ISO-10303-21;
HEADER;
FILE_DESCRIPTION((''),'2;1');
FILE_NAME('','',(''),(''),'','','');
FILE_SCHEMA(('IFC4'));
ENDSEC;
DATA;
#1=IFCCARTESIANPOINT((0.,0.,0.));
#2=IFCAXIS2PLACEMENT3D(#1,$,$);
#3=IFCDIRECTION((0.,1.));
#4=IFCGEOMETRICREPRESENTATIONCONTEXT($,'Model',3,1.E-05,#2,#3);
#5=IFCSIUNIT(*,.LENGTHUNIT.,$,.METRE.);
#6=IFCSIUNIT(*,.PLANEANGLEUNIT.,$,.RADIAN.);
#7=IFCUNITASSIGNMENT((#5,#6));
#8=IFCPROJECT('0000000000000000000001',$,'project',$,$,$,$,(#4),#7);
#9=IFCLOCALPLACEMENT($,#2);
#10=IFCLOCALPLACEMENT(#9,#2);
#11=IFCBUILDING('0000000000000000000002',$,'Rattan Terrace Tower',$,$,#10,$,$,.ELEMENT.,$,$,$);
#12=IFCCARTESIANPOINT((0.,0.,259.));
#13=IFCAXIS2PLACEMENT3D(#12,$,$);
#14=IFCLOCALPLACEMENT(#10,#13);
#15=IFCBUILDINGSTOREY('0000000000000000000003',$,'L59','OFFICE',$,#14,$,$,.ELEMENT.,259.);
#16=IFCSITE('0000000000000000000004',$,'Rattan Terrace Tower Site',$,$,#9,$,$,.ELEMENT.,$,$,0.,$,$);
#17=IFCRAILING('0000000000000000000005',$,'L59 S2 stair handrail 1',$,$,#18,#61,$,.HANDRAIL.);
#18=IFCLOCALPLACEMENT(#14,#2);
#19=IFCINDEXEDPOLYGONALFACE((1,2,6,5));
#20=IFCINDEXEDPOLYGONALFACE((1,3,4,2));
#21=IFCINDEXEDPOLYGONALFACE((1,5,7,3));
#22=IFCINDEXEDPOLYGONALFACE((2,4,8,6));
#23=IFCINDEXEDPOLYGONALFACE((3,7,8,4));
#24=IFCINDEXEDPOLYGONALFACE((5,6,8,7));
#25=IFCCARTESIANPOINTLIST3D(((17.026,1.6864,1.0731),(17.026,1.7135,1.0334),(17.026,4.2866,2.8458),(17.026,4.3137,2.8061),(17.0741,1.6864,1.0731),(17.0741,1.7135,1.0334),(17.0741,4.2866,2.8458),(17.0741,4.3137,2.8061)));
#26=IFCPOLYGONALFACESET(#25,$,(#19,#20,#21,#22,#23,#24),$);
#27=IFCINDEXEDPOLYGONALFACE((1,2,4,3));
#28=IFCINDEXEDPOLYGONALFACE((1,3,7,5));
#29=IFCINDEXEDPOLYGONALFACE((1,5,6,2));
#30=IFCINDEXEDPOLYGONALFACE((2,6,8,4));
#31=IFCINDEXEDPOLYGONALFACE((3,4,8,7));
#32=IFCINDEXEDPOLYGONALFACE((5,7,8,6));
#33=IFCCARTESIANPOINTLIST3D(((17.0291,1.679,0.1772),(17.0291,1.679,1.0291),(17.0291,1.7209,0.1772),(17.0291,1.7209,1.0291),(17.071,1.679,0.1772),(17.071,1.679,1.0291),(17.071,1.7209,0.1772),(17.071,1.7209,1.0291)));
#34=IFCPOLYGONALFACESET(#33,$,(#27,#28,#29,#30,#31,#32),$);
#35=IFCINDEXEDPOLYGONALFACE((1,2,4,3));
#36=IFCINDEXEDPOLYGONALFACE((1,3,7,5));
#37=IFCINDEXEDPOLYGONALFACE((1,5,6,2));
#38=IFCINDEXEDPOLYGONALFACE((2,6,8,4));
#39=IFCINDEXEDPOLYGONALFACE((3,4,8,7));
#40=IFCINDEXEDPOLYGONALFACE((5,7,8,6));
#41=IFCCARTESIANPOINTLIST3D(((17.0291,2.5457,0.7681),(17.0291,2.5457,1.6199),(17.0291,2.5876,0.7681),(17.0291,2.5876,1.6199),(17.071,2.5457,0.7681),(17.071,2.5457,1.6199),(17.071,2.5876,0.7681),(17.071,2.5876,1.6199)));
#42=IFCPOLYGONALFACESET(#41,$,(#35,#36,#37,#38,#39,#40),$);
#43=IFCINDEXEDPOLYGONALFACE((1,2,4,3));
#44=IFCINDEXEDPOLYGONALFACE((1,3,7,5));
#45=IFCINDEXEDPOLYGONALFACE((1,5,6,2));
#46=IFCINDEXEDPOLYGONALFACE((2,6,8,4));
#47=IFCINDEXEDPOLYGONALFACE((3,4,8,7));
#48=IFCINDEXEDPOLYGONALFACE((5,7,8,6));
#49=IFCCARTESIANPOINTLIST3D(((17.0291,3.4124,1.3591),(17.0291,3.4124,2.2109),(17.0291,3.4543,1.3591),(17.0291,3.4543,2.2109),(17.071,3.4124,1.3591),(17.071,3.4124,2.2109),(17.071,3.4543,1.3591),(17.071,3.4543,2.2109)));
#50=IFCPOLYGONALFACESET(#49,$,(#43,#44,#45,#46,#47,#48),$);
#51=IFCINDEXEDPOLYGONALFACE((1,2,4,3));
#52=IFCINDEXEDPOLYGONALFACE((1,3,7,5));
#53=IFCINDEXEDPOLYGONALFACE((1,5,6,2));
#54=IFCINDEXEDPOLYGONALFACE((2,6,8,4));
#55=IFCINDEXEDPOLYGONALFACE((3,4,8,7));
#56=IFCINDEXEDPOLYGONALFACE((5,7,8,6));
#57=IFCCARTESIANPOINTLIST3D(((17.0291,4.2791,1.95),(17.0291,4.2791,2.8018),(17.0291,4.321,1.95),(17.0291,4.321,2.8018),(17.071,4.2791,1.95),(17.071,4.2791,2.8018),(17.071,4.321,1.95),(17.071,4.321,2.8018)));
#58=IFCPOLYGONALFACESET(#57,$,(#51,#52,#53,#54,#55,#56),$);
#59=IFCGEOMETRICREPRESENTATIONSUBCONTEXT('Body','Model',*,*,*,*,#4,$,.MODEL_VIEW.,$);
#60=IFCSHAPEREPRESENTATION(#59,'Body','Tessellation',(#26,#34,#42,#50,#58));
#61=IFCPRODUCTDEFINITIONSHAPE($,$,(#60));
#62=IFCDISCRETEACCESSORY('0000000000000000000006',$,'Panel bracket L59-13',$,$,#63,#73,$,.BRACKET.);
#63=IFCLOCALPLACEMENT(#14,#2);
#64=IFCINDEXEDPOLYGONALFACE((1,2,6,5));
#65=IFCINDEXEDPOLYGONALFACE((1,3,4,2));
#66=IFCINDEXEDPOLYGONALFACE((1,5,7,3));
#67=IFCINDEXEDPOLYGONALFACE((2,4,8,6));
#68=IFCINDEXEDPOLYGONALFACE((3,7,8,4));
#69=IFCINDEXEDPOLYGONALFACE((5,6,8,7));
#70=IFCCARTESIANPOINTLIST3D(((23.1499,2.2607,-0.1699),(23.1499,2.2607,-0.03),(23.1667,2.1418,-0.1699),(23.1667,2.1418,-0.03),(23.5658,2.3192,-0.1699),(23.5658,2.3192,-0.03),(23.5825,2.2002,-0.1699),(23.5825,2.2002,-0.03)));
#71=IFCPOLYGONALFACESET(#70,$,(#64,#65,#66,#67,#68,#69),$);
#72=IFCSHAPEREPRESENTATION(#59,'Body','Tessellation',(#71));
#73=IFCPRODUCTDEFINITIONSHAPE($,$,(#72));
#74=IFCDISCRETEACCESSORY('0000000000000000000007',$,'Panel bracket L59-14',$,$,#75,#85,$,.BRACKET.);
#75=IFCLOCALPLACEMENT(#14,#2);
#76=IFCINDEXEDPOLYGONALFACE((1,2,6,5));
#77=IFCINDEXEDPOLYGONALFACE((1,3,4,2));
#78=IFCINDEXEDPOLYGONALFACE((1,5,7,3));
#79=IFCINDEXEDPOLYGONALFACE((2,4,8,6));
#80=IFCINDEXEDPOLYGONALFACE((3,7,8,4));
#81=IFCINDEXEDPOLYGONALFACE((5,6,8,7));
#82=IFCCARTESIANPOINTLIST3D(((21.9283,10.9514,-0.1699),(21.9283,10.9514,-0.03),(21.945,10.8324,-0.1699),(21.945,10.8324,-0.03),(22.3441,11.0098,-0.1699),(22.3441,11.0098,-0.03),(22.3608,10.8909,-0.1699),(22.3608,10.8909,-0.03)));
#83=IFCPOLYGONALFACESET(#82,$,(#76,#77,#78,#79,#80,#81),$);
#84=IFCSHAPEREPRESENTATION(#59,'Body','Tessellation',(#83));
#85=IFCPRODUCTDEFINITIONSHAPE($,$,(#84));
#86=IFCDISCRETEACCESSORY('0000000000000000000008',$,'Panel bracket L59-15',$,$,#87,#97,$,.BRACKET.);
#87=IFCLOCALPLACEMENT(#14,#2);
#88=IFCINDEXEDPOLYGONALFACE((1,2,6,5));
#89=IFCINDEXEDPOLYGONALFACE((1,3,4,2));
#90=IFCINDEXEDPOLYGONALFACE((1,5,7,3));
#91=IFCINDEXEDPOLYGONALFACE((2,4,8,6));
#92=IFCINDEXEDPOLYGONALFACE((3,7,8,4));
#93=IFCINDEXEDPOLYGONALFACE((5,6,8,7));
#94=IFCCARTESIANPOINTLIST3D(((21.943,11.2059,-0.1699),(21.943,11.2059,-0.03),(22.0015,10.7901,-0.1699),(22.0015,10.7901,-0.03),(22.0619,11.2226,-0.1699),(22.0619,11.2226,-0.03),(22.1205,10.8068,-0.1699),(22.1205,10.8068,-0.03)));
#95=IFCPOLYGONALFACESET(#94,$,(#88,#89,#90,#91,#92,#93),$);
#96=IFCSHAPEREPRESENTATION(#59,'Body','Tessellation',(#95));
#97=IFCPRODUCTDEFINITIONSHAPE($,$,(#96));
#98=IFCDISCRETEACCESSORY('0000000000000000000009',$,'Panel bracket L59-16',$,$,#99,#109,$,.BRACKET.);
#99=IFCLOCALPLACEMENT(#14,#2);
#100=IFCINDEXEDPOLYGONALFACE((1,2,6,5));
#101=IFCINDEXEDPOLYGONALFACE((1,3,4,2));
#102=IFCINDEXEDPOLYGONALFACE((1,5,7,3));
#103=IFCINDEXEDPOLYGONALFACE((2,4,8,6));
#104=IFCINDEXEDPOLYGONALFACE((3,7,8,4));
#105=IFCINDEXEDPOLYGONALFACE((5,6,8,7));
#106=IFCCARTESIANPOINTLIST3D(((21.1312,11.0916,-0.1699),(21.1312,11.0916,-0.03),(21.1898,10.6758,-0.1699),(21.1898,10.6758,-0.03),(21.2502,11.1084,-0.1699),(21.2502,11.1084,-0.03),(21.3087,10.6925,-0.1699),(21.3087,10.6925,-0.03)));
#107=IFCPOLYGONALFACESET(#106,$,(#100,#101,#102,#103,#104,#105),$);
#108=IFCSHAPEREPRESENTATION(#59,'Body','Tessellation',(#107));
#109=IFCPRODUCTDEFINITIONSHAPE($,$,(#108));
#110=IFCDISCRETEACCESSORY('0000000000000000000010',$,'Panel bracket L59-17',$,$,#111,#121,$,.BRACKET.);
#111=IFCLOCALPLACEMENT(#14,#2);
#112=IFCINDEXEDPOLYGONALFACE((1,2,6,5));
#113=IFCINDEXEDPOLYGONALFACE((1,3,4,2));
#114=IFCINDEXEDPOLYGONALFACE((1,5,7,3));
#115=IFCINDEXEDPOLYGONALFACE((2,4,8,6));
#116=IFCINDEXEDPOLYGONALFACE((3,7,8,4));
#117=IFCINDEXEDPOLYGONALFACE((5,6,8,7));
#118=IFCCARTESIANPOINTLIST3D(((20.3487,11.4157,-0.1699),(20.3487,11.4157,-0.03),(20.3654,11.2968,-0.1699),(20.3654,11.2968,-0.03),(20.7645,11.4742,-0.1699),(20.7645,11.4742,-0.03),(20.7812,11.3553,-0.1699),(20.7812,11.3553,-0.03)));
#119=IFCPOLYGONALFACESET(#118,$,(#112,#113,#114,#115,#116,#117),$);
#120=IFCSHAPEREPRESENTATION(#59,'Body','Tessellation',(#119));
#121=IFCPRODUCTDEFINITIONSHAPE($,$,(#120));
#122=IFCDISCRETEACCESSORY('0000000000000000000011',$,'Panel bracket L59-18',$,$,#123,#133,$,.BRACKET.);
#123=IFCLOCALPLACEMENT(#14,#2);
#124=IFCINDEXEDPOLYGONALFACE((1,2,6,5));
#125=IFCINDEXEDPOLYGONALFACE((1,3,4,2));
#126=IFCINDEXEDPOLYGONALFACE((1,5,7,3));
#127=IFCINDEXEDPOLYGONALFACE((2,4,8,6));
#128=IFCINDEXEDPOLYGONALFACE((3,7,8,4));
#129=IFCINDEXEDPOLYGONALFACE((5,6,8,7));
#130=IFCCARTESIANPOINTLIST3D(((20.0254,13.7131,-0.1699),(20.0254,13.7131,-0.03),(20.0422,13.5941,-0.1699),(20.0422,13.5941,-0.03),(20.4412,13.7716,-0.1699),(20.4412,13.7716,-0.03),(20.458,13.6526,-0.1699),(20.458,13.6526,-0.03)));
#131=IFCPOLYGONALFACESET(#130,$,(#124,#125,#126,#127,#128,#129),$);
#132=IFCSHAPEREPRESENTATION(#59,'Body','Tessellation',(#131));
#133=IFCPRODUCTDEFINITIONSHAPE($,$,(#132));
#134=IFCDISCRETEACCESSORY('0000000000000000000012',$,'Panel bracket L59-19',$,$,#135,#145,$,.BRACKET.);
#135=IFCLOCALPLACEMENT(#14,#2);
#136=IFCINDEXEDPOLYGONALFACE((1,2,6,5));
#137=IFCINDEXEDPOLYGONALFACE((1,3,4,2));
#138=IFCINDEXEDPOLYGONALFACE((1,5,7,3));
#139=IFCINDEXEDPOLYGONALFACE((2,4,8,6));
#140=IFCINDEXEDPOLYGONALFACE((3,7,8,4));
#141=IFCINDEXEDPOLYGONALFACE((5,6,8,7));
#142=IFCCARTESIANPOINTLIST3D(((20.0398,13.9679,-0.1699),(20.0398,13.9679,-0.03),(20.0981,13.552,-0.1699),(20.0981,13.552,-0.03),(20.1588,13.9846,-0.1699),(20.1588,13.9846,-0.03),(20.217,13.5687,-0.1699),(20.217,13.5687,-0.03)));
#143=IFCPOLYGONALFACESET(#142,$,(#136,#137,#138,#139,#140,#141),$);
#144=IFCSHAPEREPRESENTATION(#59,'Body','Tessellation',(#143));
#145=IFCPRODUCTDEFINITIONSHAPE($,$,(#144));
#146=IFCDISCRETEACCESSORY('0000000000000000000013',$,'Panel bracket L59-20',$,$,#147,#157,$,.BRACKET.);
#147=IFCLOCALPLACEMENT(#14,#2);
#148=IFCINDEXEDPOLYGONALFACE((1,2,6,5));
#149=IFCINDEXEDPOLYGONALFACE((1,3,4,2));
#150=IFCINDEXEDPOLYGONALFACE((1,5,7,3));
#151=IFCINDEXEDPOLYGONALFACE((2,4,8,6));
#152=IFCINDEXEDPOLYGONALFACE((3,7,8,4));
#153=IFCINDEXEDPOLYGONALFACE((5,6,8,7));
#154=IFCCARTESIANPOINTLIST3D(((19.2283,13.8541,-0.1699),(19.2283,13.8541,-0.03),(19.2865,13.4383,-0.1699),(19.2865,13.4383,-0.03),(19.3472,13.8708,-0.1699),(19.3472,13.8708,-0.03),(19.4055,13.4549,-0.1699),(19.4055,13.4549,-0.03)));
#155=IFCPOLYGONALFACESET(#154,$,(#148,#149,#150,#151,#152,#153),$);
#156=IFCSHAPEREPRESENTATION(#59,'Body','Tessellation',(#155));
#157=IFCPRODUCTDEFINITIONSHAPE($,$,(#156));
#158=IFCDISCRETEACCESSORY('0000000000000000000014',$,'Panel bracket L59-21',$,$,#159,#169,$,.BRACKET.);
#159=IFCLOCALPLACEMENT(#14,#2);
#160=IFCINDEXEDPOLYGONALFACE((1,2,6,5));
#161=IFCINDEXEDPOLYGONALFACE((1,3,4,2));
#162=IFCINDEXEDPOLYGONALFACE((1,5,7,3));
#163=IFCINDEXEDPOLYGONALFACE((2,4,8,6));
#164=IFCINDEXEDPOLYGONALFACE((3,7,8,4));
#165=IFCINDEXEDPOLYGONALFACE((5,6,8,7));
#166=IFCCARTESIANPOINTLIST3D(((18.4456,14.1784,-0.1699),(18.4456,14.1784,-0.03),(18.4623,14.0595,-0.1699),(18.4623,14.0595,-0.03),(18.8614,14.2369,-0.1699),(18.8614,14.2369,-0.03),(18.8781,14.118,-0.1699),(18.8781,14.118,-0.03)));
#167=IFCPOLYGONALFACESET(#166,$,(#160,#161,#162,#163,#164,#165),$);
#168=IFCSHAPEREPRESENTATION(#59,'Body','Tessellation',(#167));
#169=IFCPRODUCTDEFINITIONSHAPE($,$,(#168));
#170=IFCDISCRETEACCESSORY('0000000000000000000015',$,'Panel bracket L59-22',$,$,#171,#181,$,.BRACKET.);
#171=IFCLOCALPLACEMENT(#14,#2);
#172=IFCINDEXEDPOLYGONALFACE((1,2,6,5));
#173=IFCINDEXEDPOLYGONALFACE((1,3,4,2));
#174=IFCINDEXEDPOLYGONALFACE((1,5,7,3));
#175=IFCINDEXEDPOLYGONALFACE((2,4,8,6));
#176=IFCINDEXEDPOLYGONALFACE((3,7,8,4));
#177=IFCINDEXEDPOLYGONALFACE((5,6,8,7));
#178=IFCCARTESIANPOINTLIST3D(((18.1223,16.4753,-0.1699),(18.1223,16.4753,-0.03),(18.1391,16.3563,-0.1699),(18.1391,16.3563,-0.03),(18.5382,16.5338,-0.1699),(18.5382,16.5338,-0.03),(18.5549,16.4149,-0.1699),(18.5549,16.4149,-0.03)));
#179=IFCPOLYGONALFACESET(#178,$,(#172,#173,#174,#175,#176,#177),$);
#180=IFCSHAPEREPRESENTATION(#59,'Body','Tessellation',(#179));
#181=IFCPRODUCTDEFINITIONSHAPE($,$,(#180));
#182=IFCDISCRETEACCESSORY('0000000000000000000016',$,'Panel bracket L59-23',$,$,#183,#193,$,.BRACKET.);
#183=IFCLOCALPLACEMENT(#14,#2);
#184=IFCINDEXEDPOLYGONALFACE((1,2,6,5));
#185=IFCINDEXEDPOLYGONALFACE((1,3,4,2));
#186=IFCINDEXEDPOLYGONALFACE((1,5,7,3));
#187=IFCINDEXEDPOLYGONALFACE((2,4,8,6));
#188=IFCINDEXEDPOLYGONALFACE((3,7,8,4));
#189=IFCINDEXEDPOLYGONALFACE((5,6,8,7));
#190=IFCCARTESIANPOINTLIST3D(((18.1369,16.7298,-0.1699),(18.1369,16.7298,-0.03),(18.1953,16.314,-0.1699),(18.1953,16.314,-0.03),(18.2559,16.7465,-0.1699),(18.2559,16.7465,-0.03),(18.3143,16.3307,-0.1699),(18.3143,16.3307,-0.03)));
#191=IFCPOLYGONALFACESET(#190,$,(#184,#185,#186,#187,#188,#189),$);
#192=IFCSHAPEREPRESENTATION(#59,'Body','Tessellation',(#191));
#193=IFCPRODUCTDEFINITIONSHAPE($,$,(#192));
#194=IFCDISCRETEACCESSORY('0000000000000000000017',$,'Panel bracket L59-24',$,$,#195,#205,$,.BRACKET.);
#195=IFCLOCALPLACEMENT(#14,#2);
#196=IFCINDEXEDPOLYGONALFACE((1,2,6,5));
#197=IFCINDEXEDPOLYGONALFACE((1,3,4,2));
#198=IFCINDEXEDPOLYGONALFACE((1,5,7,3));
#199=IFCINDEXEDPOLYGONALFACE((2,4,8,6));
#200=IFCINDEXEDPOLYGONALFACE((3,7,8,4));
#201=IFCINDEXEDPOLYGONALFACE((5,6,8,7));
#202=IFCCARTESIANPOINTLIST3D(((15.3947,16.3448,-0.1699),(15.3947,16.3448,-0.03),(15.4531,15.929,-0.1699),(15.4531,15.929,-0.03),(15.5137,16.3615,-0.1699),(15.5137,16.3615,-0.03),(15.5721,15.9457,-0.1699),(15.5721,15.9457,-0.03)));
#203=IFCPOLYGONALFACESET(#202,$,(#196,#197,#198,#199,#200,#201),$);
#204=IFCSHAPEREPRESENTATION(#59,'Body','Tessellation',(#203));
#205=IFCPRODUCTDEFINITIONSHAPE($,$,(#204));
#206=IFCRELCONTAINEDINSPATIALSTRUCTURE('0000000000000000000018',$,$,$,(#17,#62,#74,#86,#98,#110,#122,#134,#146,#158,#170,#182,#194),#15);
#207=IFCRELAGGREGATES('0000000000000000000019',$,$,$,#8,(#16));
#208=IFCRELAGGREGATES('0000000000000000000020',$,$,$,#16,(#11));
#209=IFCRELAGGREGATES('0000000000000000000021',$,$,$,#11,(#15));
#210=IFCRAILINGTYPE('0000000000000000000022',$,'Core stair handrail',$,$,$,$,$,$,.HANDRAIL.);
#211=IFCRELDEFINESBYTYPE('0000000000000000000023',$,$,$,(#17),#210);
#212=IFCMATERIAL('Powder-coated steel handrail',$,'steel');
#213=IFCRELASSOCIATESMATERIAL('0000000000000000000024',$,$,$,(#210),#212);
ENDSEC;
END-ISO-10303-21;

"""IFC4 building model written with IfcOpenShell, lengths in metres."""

from ifc_helpers import new_model, si_unit, direction, frame, origin, origin_2d, place, context, subcontext, project, spatial, rectangle, extrude, material, type_object, element, save


model = new_model("IFC4")

# Units and contexts
model_context = context("Model", 3, precision=1e-05, world=origin(), true_north=direction((0.0, 1.0)))
body_context = subcontext(model_context, "Body", "Model", "MODEL_VIEW")
ifc_project = project(units=[si_unit("LENGTHUNIT", "METRE"), si_unit("PLANEANGLEUNIT", "RADIAN")], contexts=[model_context])

# Site, building, storey
site_placement = place(None, origin())
site = spatial("IfcSite", under=ifc_project, at=site_placement, Name="Rattan Terrace Tower Site", CompositionType="ELEMENT", RefElevation=0.0)
building_placement = place(site_placement, origin())
building = spatial("IfcBuilding", under=site, at=building_placement, Name="Rattan Terrace Tower", CompositionType="ELEMENT")
storey_placement = place(building_placement, frame((0.0, 0.0, 259.0)))
storey = spatial("IfcBuildingStorey", under=building, at=storey_placement, Name="L59", Description="OFFICE", CompositionType="ELEMENT", Elevation=259.0)

# Railing
ifc_material_1 = material(Name="Powder-coated steel handrail", Category="steel")
railing_type_1 = type_object("IfcRailingType", Name="Core stair handrail", PredefinedType="HANDRAIL", material=ifc_material_1)
railing_1_placement = place(storey_placement, frame((17.05, 1.7, 0.1772)))
element("IfcRailing", 1, at=railing_1_placement, inside=storey, type_object=railing_type_1, Name="L59 S2 stair handrail 1", PredefinedType="HANDRAIL", context=body_context, shape_type="SweptSolid", body=[
    extrude(rectangle(XDim=0.0481, YDim=0.0481, at=origin_2d()), frame((0.0, 0.0, 0.876), z_axis=(0.0, 0.82624, 0.563318), x_axis=(-1.0, 0.0, 0.0)), (0.0, 0.0, 1.0), 3.147),
    extrude(rectangle(XDim=0.042, YDim=0.042, at=origin_2d()), origin(), (0.0, 0.0, 1.0), 0.8518),
    extrude(rectangle(XDim=0.042, YDim=0.042, at=origin_2d()), frame((0.0, 0.8667, 0.5908)), (0.0, 0.0, 1.0), 0.8518),
    extrude(rectangle(XDim=0.042, YDim=0.042, at=origin_2d()), frame((0.0, 1.7334, 1.1819)), (0.0, 0.0, 1.0), 0.8518),
    extrude(rectangle(XDim=0.042, YDim=0.042, at=origin_2d()), frame((0.0, 2.6001, 1.7727)), (0.0, 0.0, 1.0), 0.8518),
])

# Discrete accessories
for number, where, z_axis, x_axis, name in (
    (2, (23.3662, 2.2305, -0.1699), (0.0, 0.0, 1.0), (-0.139192, 0.990265, 0.0), "Panel bracket L59-13"),
    (3, (22.1445, 10.9211, -0.1699), (0.0, 0.0, 1.0), (-0.139192, 0.990265, 0.0), "Panel bracket L59-14"),
    (4, (22.0317, 11.0063, -0.1699), (0.0, 0.0, 1.0), (-0.990241, -0.139367, 0.0), "Panel bracket L59-15"),
    (5, (21.22, 10.8921, -0.1699), (0.0, 0.0, 1.0), (-0.990241, -0.139367, 0.0), "Panel bracket L59-16"),
    (6, (20.5649, 11.3855, -0.1699), (0.0, 0.0, 1.0), (-0.139321, 0.990247, 0.0), "Panel bracket L59-17"),
    (7, (20.2417, 13.6829, -0.1699), (0.0, 0.0, 1.0), (-0.139321, 0.990247, 0.0), "Panel bracket L59-18"),
    (8, (20.1284, 13.7683, -0.1699), (0.0, 0.0, 1.0), (-0.990333, -0.138713, 0.0), "Panel bracket L59-19"),
    (9, (19.3169, 13.6545, -0.1699), (0.0, 0.0, 1.0), (-0.990333, -0.138713, 0.0), "Panel bracket L59-20"),
    (10, (18.6619, 14.1482, -0.1699), (0.0, 0.0, 1.0), (-0.139367, 0.990241, 0.0), "Panel bracket L59-21"),
    (11, (18.3386, 16.4451, -0.1699), (0.0, 0.0, 1.0), (-0.139367, 0.990241, 0.0), "Panel bracket L59-22"),
    (12, (18.2256, 16.5303, -0.1699), (0.0, 0.0, 1.0), (-0.990287, -0.13904, 0.0), "Panel bracket L59-23"),
    (13, (15.4834, 16.1453, -0.1699), (0.0, 0.0, 1.0), (-0.990287, -0.13904, 0.0), "Panel bracket L59-24"),
):
    element("IfcDiscreteAccessory", number, at=place(storey_placement, frame(where, z_axis=z_axis, x_axis=x_axis)), inside=storey, Name=name, PredefinedType="BRACKET", context=body_context, shape_type="SweptSolid", body=[
        extrude(rectangle(XDim=0.1201, YDim=0.4199, at=origin_2d()), origin(), (0.0, 0.0, 1.0), 0.1399),
    ])

save(model, "model.ifc")
